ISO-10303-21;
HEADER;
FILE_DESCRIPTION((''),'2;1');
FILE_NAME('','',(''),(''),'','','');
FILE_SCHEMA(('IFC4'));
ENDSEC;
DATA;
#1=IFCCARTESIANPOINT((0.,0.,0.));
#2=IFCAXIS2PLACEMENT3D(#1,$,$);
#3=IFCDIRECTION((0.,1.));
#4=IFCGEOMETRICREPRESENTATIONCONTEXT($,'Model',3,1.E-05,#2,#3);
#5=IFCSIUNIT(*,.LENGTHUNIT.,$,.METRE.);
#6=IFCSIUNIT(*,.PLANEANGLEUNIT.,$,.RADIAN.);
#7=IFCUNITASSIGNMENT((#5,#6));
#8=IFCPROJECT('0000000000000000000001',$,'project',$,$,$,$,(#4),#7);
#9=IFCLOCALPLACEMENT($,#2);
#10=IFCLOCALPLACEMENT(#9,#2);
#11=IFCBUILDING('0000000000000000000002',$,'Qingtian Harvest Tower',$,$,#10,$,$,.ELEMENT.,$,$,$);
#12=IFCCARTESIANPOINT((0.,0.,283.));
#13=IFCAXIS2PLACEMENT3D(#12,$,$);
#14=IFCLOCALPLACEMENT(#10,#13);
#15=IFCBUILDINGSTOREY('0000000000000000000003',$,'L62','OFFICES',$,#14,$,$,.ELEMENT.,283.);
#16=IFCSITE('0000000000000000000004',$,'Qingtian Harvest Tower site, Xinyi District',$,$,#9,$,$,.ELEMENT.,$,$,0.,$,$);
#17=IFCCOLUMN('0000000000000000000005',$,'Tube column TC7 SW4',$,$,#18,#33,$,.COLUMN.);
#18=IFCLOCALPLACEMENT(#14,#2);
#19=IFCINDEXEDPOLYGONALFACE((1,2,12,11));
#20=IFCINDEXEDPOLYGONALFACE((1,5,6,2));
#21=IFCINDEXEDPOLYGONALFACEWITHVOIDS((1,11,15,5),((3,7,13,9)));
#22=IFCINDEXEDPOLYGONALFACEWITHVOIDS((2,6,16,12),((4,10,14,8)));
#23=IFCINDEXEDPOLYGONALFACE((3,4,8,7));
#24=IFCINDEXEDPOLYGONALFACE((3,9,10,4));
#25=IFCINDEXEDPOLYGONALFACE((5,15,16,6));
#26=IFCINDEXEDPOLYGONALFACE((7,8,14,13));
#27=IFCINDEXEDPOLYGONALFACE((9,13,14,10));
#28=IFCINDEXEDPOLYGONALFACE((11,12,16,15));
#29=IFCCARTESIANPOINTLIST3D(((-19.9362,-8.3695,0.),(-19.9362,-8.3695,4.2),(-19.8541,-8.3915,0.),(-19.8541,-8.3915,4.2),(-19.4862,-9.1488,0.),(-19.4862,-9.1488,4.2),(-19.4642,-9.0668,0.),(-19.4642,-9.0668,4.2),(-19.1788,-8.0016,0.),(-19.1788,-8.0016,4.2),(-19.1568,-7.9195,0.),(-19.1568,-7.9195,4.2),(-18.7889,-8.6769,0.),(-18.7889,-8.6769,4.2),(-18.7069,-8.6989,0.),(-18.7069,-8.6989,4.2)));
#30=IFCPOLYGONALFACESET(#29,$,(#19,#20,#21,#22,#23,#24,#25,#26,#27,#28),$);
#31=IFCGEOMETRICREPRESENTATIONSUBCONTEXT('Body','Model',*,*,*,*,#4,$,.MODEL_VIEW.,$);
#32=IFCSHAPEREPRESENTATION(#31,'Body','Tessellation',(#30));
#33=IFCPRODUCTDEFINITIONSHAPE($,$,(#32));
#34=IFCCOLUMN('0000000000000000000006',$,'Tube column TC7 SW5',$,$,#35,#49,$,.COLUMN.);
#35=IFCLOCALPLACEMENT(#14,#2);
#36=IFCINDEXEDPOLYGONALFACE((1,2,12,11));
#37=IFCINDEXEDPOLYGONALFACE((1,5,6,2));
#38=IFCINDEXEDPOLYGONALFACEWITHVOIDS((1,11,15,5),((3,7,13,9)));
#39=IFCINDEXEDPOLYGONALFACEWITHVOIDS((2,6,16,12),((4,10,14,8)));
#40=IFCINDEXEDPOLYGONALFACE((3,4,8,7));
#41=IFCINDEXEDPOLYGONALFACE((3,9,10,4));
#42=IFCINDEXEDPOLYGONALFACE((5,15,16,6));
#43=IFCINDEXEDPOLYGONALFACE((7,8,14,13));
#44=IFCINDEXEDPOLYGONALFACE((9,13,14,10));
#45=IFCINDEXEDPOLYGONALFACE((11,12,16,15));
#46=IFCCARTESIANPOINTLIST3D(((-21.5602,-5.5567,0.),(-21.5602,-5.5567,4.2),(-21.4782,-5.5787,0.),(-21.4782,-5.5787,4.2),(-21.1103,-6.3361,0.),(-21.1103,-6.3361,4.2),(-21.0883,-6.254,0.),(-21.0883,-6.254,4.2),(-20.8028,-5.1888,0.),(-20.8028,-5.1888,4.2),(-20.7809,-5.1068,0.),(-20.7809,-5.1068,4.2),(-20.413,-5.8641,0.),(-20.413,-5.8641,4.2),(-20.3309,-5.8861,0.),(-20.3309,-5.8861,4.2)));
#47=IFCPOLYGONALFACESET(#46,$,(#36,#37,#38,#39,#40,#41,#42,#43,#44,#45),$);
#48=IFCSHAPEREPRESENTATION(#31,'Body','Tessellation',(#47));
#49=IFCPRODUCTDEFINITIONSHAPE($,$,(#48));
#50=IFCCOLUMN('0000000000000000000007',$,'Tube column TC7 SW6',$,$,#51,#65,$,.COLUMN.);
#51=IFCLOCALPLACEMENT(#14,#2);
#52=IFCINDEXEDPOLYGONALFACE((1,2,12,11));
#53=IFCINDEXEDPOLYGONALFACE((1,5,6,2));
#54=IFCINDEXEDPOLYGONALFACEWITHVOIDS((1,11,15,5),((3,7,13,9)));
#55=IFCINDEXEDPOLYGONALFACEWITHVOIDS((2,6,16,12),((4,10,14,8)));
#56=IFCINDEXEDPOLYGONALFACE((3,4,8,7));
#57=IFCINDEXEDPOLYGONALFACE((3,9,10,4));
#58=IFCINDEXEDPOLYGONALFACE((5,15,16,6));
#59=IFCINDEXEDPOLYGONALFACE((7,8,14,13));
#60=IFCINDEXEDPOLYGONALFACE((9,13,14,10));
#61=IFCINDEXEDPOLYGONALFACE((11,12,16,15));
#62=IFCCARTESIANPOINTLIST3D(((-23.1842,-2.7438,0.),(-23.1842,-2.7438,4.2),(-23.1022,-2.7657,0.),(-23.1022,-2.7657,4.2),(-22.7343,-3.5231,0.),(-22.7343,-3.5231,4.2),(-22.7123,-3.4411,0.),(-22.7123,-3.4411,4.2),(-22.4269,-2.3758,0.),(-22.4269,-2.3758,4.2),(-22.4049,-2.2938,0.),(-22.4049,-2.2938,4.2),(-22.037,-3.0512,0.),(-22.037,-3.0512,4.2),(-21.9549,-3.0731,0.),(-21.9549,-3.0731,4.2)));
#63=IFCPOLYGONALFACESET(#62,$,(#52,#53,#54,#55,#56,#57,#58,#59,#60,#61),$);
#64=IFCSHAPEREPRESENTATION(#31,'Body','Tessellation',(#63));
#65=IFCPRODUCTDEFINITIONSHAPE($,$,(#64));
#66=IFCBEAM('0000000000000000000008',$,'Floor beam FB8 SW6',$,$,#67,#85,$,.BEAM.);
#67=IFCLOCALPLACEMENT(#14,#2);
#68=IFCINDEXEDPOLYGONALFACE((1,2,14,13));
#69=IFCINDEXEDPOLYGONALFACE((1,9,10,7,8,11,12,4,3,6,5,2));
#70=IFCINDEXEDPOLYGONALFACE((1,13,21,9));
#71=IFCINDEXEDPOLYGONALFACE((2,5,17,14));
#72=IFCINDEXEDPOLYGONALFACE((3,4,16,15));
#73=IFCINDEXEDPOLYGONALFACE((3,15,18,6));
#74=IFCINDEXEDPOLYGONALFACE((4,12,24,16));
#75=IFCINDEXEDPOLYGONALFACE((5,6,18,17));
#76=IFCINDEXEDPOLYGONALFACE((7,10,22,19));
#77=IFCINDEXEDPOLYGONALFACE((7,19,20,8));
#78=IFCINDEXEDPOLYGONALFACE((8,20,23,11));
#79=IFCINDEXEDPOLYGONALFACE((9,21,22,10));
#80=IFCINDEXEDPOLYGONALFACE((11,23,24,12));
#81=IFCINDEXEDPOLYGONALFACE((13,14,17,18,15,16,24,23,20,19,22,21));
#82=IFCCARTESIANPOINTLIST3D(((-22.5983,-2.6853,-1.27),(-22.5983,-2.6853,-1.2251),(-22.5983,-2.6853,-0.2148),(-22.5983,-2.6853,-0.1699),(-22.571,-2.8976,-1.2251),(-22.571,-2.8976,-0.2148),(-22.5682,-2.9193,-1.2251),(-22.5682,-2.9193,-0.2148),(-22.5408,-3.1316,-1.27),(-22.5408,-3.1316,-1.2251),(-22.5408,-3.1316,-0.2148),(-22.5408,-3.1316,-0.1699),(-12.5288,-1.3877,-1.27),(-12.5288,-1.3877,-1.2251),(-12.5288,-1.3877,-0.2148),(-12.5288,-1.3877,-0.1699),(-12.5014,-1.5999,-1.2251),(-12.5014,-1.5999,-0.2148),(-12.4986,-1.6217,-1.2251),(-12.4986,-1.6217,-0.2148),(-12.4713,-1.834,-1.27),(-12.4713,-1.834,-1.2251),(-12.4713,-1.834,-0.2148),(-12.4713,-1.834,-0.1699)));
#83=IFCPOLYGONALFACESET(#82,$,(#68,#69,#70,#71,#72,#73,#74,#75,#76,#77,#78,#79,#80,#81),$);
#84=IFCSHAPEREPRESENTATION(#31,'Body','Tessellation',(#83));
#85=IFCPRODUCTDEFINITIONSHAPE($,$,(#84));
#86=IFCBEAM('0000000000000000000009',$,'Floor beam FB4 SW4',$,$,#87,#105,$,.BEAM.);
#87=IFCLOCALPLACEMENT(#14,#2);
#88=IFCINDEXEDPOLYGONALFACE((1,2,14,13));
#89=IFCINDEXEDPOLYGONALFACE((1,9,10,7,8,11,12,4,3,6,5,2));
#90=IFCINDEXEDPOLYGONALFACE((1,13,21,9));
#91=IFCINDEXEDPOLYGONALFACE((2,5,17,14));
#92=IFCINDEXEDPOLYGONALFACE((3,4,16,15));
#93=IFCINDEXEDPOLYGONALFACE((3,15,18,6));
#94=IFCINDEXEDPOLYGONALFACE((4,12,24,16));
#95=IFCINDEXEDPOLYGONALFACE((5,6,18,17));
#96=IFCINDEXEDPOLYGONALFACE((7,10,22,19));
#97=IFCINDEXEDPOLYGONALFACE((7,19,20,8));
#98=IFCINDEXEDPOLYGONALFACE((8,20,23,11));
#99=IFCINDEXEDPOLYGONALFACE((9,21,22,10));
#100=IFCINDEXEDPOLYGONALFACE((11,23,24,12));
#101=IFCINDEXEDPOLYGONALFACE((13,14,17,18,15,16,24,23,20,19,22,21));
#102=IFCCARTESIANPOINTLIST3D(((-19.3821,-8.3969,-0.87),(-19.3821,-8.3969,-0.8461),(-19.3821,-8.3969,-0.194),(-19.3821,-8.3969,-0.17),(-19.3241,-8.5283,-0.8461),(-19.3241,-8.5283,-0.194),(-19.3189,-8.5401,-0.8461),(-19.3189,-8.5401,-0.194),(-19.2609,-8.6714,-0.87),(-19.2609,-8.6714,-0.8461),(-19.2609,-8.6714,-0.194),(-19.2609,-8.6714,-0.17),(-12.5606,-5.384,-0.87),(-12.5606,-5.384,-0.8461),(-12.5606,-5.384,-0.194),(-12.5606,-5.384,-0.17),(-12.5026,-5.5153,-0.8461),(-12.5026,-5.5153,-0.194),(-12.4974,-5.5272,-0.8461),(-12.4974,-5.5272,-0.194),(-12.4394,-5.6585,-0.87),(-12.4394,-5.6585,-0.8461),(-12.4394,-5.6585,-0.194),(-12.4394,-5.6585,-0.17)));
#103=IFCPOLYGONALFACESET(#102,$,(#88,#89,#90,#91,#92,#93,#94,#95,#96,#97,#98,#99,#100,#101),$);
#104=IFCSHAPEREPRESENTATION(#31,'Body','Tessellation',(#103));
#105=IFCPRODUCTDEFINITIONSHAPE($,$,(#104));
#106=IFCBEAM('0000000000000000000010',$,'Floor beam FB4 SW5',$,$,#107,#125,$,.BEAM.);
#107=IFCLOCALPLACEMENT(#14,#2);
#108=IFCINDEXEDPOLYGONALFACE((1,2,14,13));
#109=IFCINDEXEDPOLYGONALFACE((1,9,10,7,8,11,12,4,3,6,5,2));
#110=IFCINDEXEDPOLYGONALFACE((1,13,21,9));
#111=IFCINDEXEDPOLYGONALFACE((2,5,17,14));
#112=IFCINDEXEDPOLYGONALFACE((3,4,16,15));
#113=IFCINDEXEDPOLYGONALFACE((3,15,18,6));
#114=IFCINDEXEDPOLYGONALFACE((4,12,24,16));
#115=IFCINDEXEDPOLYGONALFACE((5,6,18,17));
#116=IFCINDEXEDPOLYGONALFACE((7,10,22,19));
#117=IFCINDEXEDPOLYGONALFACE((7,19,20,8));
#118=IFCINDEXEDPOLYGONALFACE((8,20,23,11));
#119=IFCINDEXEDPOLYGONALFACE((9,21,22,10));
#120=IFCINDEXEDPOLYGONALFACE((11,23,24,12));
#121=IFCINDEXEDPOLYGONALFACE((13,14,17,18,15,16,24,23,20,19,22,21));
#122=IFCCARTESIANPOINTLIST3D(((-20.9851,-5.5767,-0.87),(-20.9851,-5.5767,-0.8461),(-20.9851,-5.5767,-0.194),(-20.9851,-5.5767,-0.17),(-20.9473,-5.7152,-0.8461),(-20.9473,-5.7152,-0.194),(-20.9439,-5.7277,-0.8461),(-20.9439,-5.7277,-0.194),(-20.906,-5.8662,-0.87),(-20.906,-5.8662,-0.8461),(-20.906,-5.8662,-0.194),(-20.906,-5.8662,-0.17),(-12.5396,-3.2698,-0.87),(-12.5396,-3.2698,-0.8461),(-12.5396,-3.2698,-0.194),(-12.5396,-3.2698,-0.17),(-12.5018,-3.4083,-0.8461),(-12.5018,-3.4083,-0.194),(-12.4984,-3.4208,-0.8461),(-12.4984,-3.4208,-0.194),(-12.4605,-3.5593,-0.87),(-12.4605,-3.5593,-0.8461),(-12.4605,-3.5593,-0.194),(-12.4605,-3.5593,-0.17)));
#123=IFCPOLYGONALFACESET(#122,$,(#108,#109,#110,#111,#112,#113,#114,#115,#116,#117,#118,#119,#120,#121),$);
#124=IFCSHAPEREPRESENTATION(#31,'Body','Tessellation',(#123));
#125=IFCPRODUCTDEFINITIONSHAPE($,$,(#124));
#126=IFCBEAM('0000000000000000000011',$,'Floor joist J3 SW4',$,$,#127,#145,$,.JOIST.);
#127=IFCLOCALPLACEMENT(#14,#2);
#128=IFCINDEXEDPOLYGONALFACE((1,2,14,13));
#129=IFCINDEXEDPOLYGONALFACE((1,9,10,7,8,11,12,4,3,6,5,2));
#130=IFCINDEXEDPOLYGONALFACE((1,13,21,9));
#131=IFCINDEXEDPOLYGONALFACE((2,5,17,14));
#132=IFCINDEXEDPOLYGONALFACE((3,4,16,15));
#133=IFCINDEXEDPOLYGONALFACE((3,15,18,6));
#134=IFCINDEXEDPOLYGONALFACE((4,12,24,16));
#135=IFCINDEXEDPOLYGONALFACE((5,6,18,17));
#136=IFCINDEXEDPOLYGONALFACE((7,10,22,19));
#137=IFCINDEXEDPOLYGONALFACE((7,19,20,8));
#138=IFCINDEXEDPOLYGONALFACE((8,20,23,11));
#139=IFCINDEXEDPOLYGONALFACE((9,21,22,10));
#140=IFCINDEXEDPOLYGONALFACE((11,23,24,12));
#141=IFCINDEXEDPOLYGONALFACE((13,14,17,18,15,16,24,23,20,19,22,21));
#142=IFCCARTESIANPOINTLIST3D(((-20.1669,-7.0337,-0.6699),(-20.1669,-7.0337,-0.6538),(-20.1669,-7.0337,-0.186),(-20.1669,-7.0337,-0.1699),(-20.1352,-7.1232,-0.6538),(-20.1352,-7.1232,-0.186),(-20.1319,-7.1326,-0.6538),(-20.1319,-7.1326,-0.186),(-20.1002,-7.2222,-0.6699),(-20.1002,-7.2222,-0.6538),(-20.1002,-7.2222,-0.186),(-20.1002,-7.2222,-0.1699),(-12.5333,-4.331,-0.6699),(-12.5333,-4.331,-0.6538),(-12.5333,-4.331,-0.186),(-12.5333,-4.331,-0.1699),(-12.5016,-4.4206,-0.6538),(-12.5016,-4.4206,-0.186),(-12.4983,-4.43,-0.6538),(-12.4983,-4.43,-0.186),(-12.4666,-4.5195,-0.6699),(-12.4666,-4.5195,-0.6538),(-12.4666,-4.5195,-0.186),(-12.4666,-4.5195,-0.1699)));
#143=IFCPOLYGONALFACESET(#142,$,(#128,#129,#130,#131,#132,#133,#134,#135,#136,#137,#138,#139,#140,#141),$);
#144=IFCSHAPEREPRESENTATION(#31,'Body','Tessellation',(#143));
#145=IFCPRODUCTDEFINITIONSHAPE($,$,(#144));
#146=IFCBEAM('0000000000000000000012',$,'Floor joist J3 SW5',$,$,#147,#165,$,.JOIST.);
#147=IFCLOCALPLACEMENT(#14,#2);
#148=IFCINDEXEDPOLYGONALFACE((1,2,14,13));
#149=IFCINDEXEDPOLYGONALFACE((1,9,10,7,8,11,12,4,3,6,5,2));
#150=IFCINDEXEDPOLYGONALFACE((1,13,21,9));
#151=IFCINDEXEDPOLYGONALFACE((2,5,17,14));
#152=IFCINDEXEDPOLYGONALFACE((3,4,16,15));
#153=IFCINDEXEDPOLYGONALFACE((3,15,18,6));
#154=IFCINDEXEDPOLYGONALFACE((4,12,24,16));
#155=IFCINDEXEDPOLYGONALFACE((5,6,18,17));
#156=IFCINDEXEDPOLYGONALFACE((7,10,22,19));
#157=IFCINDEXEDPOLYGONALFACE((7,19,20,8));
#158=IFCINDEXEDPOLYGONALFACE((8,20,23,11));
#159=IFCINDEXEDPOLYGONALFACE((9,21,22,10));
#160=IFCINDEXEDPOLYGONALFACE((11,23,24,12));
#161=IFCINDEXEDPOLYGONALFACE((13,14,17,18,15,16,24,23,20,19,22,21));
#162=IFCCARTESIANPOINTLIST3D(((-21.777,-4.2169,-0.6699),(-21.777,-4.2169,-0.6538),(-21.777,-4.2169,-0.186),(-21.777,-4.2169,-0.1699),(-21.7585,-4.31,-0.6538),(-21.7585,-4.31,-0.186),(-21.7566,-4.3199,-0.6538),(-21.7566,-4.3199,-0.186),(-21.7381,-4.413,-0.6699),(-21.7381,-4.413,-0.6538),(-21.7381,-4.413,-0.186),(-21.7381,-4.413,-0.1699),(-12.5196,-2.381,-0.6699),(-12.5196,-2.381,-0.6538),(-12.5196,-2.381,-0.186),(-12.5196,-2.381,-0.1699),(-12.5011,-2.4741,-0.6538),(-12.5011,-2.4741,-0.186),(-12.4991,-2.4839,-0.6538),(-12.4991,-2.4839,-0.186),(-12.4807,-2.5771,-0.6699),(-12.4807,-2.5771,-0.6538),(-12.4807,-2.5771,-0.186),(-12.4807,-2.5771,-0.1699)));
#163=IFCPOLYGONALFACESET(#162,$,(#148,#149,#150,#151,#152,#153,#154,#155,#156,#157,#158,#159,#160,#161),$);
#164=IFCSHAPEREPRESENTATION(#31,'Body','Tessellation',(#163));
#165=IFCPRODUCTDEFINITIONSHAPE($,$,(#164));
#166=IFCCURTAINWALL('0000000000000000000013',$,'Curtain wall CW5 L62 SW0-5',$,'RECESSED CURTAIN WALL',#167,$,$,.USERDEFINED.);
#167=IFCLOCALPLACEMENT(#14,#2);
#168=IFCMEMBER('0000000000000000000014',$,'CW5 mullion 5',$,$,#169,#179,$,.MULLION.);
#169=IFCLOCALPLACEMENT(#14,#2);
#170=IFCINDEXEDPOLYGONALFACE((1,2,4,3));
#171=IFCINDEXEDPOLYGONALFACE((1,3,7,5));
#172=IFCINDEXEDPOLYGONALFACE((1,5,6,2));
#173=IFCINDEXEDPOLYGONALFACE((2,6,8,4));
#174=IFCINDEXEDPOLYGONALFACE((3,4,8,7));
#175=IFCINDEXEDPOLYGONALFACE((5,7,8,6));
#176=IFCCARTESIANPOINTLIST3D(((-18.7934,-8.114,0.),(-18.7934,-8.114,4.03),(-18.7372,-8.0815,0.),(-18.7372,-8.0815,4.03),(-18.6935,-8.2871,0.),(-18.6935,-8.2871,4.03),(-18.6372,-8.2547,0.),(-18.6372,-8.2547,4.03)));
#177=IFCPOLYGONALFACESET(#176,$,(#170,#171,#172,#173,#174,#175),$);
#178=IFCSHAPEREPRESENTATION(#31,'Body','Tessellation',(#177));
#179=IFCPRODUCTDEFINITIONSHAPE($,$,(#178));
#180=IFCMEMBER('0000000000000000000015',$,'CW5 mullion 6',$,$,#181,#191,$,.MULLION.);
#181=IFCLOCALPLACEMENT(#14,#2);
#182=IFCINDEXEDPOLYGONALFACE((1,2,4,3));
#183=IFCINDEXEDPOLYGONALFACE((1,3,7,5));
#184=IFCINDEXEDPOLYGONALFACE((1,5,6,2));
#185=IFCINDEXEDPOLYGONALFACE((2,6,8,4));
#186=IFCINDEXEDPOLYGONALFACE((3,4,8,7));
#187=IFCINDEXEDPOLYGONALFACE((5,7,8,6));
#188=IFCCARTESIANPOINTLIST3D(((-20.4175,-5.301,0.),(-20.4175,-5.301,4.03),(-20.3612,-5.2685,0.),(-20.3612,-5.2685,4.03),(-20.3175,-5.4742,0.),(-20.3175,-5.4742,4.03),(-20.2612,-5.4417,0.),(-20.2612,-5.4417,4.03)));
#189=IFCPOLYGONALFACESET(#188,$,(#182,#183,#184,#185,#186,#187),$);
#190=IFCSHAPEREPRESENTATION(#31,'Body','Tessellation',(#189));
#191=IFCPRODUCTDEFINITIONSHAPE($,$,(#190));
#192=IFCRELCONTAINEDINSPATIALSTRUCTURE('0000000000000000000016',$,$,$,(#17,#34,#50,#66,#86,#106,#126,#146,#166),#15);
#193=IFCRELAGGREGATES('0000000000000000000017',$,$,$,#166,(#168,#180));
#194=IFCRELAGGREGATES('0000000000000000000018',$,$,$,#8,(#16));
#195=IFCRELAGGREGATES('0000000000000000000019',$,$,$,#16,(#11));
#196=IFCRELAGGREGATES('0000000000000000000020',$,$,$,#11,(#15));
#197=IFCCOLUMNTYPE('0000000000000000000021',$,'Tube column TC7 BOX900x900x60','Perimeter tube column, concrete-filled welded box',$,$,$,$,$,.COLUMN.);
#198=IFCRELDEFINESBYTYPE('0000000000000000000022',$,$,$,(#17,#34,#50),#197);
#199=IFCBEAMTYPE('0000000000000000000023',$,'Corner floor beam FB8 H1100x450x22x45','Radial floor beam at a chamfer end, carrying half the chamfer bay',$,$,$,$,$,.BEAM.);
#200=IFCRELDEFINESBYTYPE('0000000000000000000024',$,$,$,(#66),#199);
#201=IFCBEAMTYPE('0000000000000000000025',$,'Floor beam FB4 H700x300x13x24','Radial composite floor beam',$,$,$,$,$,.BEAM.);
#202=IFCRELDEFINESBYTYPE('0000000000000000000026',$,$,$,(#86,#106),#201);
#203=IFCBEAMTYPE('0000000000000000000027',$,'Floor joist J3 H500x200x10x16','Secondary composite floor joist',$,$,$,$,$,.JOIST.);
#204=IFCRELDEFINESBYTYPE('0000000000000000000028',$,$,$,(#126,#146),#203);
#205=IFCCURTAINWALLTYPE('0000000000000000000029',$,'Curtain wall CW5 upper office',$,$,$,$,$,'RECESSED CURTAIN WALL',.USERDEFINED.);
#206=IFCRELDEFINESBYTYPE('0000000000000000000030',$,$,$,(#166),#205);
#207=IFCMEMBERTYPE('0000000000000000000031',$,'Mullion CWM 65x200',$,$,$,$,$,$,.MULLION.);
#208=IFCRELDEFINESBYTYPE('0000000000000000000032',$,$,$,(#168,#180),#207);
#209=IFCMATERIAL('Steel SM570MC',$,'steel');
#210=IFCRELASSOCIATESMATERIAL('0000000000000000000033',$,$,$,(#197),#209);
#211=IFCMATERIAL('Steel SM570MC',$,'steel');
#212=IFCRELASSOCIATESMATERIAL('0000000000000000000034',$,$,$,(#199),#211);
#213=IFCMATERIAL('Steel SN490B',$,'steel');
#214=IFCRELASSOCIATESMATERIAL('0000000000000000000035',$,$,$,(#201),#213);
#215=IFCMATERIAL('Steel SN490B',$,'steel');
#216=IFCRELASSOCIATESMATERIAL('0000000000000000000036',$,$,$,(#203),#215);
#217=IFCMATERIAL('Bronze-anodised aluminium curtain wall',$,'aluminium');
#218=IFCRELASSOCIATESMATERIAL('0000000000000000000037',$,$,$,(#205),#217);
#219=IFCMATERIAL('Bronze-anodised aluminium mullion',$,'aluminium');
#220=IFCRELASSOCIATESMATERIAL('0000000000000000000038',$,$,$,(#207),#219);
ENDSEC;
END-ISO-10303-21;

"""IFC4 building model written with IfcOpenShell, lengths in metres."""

from ifc_helpers import new_model, si_unit, direction, frame, origin, origin_2d, place, context, subcontext, project, spatial, rectangle, hollow_rectangle, i_section, extrude, material, material_profile, profile_set, type_object, element, aggregate, save


model = new_model("IFC4")

# Units and contexts
model_context = context("Model", 3, precision=1e-05, world=origin(), true_north=direction((0.0, 1.0)))
body_context = subcontext(model_context, "Body", "Model", "MODEL_VIEW")
ifc_project = project(units=[si_unit("LENGTHUNIT", "METRE"), si_unit("PLANEANGLEUNIT", "RADIAN")], contexts=[model_context])

# Site, building, storey
site_placement = place(None, origin())
site = spatial("IfcSite", under=ifc_project, at=site_placement, Name="Qingtian Harvest Tower site, Xinyi District", CompositionType="ELEMENT", RefElevation=0.0)
building_placement = place(site_placement, origin())
building = spatial("IfcBuilding", under=site, at=building_placement, Name="Qingtian Harvest Tower", CompositionType="ELEMENT")
storey_placement = place(building_placement, frame((0.0, 0.0, 283.0)))
storey = spatial("IfcBuildingStorey", under=building, at=storey_placement, Name="L62", Description="OFFICES", CompositionType="ELEMENT", Elevation=283.0)

# Columns
ifc_material_1 = material(Name="Steel SM570MC", Category="steel")
ifc_material_profile_1 = material_profile(ifc_material_1, hollow_rectangle(XDim=0.8999, YDim=0.8999, WallThickness=0.0601, at=origin_2d()), Name="BOX900x900x60")
ifc_profile_set_1 = profile_set([ifc_material_profile_1], Name="Steel SM570MC")
column_type = type_object("IfcColumnType", Name="Tube column TC7 BOX900x900x60", Description="Perimeter tube column, concrete-filled welded box", PredefinedType="COLUMN", material=ifc_profile_set_1)
for number, where, z_axis, x_axis, name in (
    (1, (-19.3215, -8.5342, 0.0), (0.0, 0.0, 1.0), (0.5, -0.866025, 0.0), "Tube column TC7 SW4"),
    (2, (-20.9456, -5.7214, 0.0), (0.0, 0.0, 1.0), (0.5, -0.866025, 0.0), "Tube column TC7 SW5"),
    (3, (-22.5696, -2.9084, 0.0), (0.0, 0.0, 1.0), (0.5, -0.866025, 0.0), "Tube column TC7 SW6"),
):
    element("IfcColumn", number, at=place(storey_placement, frame(where, z_axis=z_axis, x_axis=x_axis)), inside=storey, type_object=column_type, Name=name, PredefinedType="COLUMN", context=body_context, shape_type="SweptSolid", body=[
        extrude(hollow_rectangle(XDim=0.8999, YDim=0.8999, WallThickness=0.0601, at=origin_2d()), origin(), (0.0, 0.0, 1.0), 4.2),
    ])

# Beams
ifc_material_2 = material(Name="Steel SM570MC", Category="steel")
ifc_material_profile_2 = material_profile(ifc_material_2, i_section(OverallWidth=0.45, OverallDepth=1.1001, WebThickness=0.022, FlangeThickness=0.0449, at=origin_2d()), Name="H1100x450x22x45")
ifc_profile_set_2 = profile_set([ifc_material_profile_2], Name="Steel SM570MC")
beam_type_1 = type_object("IfcBeamType", Name="Corner floor beam FB8 H1100x450x22x45", Description="Radial floor beam at a chamfer end, carrying half the chamfer bay", PredefinedType="BEAM", material=ifc_profile_set_2)
beam_1_placement = place(storey_placement, frame((-22.5696, -2.9084, -0.72), z_axis=(0.991799, 0.127807, 0.0), x_axis=(-0.127807, 0.991799, 0.0)))
element("IfcBeam", 4, at=beam_1_placement, inside=storey, type_object=beam_type_1, Name="Floor beam FB8 SW6", PredefinedType="BEAM", context=body_context, shape_type="SweptSolid", body=[
    extrude(i_section(OverallWidth=0.45, OverallDepth=1.1001, WebThickness=0.022, FlangeThickness=0.0449, at=origin_2d()), origin(), (0.0, 0.0, 1.0), 10.1528),
])
ifc_material_3 = material(Name="Steel SN490B", Category="steel")
ifc_material_profile_3 = material_profile(ifc_material_3, i_section(OverallWidth=0.3, OverallDepth=0.7, WebThickness=0.0129, FlangeThickness=0.0239, at=origin_2d()), Name="H700x300x13x24")
ifc_profile_set_3 = profile_set([ifc_material_profile_3], Name="Steel SN490B")
beam_type_2 = type_object("IfcBeamType", Name="Floor beam FB4 H700x300x13x24", Description="Radial composite floor beam", PredefinedType="BEAM", material=ifc_profile_set_3)
beam_2_placement = place(storey_placement, frame((-19.3215, -8.5342, -0.52), z_axis=(0.914747, 0.404026, 0.0), x_axis=(-0.404026, 0.914747, 0.0)))
element("IfcBeam", 5, at=beam_2_placement, inside=storey, type_object=beam_type_2, Name="Floor beam FB4 SW4", PredefinedType="BEAM", context=body_context, shape_type="SweptSolid", body=[
    extrude(i_section(OverallWidth=0.3, OverallDepth=0.7, WebThickness=0.0129, FlangeThickness=0.0239, at=origin_2d()), origin(), (0.0, 0.0, 1.0), 7.4573),
])
beam_3_placement = place(storey_placement, frame((-20.9456, -5.7214, -0.52), z_axis=(0.964661, 0.263495, 0.0), x_axis=(-0.263495, 0.964661, 0.0)))
element("IfcBeam", 6, at=beam_3_placement, inside=storey, type_object=beam_type_2, Name="Floor beam FB4 SW5", PredefinedType="BEAM", context=body_context, shape_type="SweptSolid", body=[
    extrude(i_section(OverallWidth=0.3, OverallDepth=0.7, WebThickness=0.0129, FlangeThickness=0.0239, at=origin_2d()), origin(), (0.0, 0.0, 1.0), 8.7549),
])
ifc_material_4 = material(Name="Steel SN490B", Category="steel")
ifc_material_profile_4 = material_profile(ifc_material_4, i_section(OverallWidth=0.2, OverallDepth=0.5, WebThickness=0.01, FlangeThickness=0.0161, at=origin_2d()), Name="H500x200x10x16")
ifc_profile_set_4 = profile_set([ifc_material_profile_4], Name="Steel SN490B")
beam_type_3 = type_object("IfcBeamType", Name="Floor joist J3 H500x200x10x16", Description="Secondary composite floor joist", PredefinedType="JOIST", material=ifc_profile_set_4)
beam_4_placement = place(storey_placement, frame((-20.1335, -7.1279, -0.4199), z_axis=(0.942663, 0.333747, 0.0), x_axis=(-0.333747, 0.942663, 0.0)))
element("IfcBeam", 7, at=beam_4_placement, inside=storey, type_object=beam_type_3, Name="Floor joist J3 SW4", PredefinedType="JOIST", context=body_context, shape_type="SweptSolid", body=[
    extrude(i_section(OverallWidth=0.2, OverallDepth=0.5, WebThickness=0.01, FlangeThickness=0.0161, at=origin_2d()), origin(), (0.0, 0.0, 1.0), 8.0979),
])
beam_5_placement = place(storey_placement, frame((-21.7576, -4.3149, -0.4199), z_axis=(0.980897, 0.194529, 0.0), x_axis=(-0.194529, 0.980897, 0.0)))
element("IfcBeam", 8, at=beam_5_placement, inside=storey, type_object=beam_type_3, Name="Floor joist J3 SW5", PredefinedType="JOIST", context=body_context, shape_type="SweptSolid", body=[
    extrude(i_section(OverallWidth=0.2, OverallDepth=0.5, WebThickness=0.01, FlangeThickness=0.0161, at=origin_2d()), origin(), (0.0, 0.0, 1.0), 9.4377),
])

# Curtain wall, members
ifc_material_5 = material(Name="Bronze-anodised aluminium curtain wall", Category="aluminium")
curtain_wall_type = type_object("IfcCurtainWallType", Name="Curtain wall CW5 upper office", ElementType="RECESSED CURTAIN WALL", PredefinedType="USERDEFINED", material=ifc_material_5)
curtain_wall_1_placement = place(storey_placement, origin())
curtain_wall_1 = element("IfcCurtainWall", 9, at=curtain_wall_1_placement, inside=storey, type_object=curtain_wall_type, Name="Curtain wall CW5 L62 SW0-5", ObjectType="RECESSED CURTAIN WALL", PredefinedType="USERDEFINED")
ifc_material_6 = material(Name="Bronze-anodised aluminium mullion", Category="aluminium")
ifc_material_profile_5 = material_profile(ifc_material_6, rectangle(XDim=0.0649, YDim=0.2, at=origin_2d()), Name="AL 65x200")
ifc_profile_set_5 = profile_set([ifc_material_profile_5], Name="Bronze-anodised aluminium mullion")
member_type_1 = type_object("IfcMemberType", Name="Mullion CWM 65x200", PredefinedType="MULLION", material=ifc_profile_set_5)
member_1_placement = place(storey_placement, frame((-18.7153, -8.1843, 0.0), z_axis=(0.0, 0.0, 1.0), x_axis=(-0.866025, -0.5, 0.0)))
member_1 = element("IfcMember", 10, at=member_1_placement, type_object=member_type_1, Name="CW5 mullion 5", PredefinedType="MULLION", context=body_context, shape_type="SweptSolid", body=[
    extrude(rectangle(XDim=0.0649, YDim=0.2, at=origin_2d()), origin(), (0.0, 0.0, 1.0), 4.03),
])
member_2_placement = place(storey_placement, frame((-20.3394, -5.3713, 0.0), z_axis=(0.0, 0.0, 1.0), x_axis=(-0.866025, -0.5, 0.0)))
member_2 = element("IfcMember", 11, at=member_2_placement, type_object=member_type_1, Name="CW5 mullion 6", PredefinedType="MULLION", context=body_context, shape_type="SweptSolid", body=[
    extrude(rectangle(XDim=0.0649, YDim=0.2, at=origin_2d()), origin(), (0.0, 0.0, 1.0), 4.03),
])

aggregate(curtain_wall_1, [member_1, member_2])

save(model, "model.ifc")
